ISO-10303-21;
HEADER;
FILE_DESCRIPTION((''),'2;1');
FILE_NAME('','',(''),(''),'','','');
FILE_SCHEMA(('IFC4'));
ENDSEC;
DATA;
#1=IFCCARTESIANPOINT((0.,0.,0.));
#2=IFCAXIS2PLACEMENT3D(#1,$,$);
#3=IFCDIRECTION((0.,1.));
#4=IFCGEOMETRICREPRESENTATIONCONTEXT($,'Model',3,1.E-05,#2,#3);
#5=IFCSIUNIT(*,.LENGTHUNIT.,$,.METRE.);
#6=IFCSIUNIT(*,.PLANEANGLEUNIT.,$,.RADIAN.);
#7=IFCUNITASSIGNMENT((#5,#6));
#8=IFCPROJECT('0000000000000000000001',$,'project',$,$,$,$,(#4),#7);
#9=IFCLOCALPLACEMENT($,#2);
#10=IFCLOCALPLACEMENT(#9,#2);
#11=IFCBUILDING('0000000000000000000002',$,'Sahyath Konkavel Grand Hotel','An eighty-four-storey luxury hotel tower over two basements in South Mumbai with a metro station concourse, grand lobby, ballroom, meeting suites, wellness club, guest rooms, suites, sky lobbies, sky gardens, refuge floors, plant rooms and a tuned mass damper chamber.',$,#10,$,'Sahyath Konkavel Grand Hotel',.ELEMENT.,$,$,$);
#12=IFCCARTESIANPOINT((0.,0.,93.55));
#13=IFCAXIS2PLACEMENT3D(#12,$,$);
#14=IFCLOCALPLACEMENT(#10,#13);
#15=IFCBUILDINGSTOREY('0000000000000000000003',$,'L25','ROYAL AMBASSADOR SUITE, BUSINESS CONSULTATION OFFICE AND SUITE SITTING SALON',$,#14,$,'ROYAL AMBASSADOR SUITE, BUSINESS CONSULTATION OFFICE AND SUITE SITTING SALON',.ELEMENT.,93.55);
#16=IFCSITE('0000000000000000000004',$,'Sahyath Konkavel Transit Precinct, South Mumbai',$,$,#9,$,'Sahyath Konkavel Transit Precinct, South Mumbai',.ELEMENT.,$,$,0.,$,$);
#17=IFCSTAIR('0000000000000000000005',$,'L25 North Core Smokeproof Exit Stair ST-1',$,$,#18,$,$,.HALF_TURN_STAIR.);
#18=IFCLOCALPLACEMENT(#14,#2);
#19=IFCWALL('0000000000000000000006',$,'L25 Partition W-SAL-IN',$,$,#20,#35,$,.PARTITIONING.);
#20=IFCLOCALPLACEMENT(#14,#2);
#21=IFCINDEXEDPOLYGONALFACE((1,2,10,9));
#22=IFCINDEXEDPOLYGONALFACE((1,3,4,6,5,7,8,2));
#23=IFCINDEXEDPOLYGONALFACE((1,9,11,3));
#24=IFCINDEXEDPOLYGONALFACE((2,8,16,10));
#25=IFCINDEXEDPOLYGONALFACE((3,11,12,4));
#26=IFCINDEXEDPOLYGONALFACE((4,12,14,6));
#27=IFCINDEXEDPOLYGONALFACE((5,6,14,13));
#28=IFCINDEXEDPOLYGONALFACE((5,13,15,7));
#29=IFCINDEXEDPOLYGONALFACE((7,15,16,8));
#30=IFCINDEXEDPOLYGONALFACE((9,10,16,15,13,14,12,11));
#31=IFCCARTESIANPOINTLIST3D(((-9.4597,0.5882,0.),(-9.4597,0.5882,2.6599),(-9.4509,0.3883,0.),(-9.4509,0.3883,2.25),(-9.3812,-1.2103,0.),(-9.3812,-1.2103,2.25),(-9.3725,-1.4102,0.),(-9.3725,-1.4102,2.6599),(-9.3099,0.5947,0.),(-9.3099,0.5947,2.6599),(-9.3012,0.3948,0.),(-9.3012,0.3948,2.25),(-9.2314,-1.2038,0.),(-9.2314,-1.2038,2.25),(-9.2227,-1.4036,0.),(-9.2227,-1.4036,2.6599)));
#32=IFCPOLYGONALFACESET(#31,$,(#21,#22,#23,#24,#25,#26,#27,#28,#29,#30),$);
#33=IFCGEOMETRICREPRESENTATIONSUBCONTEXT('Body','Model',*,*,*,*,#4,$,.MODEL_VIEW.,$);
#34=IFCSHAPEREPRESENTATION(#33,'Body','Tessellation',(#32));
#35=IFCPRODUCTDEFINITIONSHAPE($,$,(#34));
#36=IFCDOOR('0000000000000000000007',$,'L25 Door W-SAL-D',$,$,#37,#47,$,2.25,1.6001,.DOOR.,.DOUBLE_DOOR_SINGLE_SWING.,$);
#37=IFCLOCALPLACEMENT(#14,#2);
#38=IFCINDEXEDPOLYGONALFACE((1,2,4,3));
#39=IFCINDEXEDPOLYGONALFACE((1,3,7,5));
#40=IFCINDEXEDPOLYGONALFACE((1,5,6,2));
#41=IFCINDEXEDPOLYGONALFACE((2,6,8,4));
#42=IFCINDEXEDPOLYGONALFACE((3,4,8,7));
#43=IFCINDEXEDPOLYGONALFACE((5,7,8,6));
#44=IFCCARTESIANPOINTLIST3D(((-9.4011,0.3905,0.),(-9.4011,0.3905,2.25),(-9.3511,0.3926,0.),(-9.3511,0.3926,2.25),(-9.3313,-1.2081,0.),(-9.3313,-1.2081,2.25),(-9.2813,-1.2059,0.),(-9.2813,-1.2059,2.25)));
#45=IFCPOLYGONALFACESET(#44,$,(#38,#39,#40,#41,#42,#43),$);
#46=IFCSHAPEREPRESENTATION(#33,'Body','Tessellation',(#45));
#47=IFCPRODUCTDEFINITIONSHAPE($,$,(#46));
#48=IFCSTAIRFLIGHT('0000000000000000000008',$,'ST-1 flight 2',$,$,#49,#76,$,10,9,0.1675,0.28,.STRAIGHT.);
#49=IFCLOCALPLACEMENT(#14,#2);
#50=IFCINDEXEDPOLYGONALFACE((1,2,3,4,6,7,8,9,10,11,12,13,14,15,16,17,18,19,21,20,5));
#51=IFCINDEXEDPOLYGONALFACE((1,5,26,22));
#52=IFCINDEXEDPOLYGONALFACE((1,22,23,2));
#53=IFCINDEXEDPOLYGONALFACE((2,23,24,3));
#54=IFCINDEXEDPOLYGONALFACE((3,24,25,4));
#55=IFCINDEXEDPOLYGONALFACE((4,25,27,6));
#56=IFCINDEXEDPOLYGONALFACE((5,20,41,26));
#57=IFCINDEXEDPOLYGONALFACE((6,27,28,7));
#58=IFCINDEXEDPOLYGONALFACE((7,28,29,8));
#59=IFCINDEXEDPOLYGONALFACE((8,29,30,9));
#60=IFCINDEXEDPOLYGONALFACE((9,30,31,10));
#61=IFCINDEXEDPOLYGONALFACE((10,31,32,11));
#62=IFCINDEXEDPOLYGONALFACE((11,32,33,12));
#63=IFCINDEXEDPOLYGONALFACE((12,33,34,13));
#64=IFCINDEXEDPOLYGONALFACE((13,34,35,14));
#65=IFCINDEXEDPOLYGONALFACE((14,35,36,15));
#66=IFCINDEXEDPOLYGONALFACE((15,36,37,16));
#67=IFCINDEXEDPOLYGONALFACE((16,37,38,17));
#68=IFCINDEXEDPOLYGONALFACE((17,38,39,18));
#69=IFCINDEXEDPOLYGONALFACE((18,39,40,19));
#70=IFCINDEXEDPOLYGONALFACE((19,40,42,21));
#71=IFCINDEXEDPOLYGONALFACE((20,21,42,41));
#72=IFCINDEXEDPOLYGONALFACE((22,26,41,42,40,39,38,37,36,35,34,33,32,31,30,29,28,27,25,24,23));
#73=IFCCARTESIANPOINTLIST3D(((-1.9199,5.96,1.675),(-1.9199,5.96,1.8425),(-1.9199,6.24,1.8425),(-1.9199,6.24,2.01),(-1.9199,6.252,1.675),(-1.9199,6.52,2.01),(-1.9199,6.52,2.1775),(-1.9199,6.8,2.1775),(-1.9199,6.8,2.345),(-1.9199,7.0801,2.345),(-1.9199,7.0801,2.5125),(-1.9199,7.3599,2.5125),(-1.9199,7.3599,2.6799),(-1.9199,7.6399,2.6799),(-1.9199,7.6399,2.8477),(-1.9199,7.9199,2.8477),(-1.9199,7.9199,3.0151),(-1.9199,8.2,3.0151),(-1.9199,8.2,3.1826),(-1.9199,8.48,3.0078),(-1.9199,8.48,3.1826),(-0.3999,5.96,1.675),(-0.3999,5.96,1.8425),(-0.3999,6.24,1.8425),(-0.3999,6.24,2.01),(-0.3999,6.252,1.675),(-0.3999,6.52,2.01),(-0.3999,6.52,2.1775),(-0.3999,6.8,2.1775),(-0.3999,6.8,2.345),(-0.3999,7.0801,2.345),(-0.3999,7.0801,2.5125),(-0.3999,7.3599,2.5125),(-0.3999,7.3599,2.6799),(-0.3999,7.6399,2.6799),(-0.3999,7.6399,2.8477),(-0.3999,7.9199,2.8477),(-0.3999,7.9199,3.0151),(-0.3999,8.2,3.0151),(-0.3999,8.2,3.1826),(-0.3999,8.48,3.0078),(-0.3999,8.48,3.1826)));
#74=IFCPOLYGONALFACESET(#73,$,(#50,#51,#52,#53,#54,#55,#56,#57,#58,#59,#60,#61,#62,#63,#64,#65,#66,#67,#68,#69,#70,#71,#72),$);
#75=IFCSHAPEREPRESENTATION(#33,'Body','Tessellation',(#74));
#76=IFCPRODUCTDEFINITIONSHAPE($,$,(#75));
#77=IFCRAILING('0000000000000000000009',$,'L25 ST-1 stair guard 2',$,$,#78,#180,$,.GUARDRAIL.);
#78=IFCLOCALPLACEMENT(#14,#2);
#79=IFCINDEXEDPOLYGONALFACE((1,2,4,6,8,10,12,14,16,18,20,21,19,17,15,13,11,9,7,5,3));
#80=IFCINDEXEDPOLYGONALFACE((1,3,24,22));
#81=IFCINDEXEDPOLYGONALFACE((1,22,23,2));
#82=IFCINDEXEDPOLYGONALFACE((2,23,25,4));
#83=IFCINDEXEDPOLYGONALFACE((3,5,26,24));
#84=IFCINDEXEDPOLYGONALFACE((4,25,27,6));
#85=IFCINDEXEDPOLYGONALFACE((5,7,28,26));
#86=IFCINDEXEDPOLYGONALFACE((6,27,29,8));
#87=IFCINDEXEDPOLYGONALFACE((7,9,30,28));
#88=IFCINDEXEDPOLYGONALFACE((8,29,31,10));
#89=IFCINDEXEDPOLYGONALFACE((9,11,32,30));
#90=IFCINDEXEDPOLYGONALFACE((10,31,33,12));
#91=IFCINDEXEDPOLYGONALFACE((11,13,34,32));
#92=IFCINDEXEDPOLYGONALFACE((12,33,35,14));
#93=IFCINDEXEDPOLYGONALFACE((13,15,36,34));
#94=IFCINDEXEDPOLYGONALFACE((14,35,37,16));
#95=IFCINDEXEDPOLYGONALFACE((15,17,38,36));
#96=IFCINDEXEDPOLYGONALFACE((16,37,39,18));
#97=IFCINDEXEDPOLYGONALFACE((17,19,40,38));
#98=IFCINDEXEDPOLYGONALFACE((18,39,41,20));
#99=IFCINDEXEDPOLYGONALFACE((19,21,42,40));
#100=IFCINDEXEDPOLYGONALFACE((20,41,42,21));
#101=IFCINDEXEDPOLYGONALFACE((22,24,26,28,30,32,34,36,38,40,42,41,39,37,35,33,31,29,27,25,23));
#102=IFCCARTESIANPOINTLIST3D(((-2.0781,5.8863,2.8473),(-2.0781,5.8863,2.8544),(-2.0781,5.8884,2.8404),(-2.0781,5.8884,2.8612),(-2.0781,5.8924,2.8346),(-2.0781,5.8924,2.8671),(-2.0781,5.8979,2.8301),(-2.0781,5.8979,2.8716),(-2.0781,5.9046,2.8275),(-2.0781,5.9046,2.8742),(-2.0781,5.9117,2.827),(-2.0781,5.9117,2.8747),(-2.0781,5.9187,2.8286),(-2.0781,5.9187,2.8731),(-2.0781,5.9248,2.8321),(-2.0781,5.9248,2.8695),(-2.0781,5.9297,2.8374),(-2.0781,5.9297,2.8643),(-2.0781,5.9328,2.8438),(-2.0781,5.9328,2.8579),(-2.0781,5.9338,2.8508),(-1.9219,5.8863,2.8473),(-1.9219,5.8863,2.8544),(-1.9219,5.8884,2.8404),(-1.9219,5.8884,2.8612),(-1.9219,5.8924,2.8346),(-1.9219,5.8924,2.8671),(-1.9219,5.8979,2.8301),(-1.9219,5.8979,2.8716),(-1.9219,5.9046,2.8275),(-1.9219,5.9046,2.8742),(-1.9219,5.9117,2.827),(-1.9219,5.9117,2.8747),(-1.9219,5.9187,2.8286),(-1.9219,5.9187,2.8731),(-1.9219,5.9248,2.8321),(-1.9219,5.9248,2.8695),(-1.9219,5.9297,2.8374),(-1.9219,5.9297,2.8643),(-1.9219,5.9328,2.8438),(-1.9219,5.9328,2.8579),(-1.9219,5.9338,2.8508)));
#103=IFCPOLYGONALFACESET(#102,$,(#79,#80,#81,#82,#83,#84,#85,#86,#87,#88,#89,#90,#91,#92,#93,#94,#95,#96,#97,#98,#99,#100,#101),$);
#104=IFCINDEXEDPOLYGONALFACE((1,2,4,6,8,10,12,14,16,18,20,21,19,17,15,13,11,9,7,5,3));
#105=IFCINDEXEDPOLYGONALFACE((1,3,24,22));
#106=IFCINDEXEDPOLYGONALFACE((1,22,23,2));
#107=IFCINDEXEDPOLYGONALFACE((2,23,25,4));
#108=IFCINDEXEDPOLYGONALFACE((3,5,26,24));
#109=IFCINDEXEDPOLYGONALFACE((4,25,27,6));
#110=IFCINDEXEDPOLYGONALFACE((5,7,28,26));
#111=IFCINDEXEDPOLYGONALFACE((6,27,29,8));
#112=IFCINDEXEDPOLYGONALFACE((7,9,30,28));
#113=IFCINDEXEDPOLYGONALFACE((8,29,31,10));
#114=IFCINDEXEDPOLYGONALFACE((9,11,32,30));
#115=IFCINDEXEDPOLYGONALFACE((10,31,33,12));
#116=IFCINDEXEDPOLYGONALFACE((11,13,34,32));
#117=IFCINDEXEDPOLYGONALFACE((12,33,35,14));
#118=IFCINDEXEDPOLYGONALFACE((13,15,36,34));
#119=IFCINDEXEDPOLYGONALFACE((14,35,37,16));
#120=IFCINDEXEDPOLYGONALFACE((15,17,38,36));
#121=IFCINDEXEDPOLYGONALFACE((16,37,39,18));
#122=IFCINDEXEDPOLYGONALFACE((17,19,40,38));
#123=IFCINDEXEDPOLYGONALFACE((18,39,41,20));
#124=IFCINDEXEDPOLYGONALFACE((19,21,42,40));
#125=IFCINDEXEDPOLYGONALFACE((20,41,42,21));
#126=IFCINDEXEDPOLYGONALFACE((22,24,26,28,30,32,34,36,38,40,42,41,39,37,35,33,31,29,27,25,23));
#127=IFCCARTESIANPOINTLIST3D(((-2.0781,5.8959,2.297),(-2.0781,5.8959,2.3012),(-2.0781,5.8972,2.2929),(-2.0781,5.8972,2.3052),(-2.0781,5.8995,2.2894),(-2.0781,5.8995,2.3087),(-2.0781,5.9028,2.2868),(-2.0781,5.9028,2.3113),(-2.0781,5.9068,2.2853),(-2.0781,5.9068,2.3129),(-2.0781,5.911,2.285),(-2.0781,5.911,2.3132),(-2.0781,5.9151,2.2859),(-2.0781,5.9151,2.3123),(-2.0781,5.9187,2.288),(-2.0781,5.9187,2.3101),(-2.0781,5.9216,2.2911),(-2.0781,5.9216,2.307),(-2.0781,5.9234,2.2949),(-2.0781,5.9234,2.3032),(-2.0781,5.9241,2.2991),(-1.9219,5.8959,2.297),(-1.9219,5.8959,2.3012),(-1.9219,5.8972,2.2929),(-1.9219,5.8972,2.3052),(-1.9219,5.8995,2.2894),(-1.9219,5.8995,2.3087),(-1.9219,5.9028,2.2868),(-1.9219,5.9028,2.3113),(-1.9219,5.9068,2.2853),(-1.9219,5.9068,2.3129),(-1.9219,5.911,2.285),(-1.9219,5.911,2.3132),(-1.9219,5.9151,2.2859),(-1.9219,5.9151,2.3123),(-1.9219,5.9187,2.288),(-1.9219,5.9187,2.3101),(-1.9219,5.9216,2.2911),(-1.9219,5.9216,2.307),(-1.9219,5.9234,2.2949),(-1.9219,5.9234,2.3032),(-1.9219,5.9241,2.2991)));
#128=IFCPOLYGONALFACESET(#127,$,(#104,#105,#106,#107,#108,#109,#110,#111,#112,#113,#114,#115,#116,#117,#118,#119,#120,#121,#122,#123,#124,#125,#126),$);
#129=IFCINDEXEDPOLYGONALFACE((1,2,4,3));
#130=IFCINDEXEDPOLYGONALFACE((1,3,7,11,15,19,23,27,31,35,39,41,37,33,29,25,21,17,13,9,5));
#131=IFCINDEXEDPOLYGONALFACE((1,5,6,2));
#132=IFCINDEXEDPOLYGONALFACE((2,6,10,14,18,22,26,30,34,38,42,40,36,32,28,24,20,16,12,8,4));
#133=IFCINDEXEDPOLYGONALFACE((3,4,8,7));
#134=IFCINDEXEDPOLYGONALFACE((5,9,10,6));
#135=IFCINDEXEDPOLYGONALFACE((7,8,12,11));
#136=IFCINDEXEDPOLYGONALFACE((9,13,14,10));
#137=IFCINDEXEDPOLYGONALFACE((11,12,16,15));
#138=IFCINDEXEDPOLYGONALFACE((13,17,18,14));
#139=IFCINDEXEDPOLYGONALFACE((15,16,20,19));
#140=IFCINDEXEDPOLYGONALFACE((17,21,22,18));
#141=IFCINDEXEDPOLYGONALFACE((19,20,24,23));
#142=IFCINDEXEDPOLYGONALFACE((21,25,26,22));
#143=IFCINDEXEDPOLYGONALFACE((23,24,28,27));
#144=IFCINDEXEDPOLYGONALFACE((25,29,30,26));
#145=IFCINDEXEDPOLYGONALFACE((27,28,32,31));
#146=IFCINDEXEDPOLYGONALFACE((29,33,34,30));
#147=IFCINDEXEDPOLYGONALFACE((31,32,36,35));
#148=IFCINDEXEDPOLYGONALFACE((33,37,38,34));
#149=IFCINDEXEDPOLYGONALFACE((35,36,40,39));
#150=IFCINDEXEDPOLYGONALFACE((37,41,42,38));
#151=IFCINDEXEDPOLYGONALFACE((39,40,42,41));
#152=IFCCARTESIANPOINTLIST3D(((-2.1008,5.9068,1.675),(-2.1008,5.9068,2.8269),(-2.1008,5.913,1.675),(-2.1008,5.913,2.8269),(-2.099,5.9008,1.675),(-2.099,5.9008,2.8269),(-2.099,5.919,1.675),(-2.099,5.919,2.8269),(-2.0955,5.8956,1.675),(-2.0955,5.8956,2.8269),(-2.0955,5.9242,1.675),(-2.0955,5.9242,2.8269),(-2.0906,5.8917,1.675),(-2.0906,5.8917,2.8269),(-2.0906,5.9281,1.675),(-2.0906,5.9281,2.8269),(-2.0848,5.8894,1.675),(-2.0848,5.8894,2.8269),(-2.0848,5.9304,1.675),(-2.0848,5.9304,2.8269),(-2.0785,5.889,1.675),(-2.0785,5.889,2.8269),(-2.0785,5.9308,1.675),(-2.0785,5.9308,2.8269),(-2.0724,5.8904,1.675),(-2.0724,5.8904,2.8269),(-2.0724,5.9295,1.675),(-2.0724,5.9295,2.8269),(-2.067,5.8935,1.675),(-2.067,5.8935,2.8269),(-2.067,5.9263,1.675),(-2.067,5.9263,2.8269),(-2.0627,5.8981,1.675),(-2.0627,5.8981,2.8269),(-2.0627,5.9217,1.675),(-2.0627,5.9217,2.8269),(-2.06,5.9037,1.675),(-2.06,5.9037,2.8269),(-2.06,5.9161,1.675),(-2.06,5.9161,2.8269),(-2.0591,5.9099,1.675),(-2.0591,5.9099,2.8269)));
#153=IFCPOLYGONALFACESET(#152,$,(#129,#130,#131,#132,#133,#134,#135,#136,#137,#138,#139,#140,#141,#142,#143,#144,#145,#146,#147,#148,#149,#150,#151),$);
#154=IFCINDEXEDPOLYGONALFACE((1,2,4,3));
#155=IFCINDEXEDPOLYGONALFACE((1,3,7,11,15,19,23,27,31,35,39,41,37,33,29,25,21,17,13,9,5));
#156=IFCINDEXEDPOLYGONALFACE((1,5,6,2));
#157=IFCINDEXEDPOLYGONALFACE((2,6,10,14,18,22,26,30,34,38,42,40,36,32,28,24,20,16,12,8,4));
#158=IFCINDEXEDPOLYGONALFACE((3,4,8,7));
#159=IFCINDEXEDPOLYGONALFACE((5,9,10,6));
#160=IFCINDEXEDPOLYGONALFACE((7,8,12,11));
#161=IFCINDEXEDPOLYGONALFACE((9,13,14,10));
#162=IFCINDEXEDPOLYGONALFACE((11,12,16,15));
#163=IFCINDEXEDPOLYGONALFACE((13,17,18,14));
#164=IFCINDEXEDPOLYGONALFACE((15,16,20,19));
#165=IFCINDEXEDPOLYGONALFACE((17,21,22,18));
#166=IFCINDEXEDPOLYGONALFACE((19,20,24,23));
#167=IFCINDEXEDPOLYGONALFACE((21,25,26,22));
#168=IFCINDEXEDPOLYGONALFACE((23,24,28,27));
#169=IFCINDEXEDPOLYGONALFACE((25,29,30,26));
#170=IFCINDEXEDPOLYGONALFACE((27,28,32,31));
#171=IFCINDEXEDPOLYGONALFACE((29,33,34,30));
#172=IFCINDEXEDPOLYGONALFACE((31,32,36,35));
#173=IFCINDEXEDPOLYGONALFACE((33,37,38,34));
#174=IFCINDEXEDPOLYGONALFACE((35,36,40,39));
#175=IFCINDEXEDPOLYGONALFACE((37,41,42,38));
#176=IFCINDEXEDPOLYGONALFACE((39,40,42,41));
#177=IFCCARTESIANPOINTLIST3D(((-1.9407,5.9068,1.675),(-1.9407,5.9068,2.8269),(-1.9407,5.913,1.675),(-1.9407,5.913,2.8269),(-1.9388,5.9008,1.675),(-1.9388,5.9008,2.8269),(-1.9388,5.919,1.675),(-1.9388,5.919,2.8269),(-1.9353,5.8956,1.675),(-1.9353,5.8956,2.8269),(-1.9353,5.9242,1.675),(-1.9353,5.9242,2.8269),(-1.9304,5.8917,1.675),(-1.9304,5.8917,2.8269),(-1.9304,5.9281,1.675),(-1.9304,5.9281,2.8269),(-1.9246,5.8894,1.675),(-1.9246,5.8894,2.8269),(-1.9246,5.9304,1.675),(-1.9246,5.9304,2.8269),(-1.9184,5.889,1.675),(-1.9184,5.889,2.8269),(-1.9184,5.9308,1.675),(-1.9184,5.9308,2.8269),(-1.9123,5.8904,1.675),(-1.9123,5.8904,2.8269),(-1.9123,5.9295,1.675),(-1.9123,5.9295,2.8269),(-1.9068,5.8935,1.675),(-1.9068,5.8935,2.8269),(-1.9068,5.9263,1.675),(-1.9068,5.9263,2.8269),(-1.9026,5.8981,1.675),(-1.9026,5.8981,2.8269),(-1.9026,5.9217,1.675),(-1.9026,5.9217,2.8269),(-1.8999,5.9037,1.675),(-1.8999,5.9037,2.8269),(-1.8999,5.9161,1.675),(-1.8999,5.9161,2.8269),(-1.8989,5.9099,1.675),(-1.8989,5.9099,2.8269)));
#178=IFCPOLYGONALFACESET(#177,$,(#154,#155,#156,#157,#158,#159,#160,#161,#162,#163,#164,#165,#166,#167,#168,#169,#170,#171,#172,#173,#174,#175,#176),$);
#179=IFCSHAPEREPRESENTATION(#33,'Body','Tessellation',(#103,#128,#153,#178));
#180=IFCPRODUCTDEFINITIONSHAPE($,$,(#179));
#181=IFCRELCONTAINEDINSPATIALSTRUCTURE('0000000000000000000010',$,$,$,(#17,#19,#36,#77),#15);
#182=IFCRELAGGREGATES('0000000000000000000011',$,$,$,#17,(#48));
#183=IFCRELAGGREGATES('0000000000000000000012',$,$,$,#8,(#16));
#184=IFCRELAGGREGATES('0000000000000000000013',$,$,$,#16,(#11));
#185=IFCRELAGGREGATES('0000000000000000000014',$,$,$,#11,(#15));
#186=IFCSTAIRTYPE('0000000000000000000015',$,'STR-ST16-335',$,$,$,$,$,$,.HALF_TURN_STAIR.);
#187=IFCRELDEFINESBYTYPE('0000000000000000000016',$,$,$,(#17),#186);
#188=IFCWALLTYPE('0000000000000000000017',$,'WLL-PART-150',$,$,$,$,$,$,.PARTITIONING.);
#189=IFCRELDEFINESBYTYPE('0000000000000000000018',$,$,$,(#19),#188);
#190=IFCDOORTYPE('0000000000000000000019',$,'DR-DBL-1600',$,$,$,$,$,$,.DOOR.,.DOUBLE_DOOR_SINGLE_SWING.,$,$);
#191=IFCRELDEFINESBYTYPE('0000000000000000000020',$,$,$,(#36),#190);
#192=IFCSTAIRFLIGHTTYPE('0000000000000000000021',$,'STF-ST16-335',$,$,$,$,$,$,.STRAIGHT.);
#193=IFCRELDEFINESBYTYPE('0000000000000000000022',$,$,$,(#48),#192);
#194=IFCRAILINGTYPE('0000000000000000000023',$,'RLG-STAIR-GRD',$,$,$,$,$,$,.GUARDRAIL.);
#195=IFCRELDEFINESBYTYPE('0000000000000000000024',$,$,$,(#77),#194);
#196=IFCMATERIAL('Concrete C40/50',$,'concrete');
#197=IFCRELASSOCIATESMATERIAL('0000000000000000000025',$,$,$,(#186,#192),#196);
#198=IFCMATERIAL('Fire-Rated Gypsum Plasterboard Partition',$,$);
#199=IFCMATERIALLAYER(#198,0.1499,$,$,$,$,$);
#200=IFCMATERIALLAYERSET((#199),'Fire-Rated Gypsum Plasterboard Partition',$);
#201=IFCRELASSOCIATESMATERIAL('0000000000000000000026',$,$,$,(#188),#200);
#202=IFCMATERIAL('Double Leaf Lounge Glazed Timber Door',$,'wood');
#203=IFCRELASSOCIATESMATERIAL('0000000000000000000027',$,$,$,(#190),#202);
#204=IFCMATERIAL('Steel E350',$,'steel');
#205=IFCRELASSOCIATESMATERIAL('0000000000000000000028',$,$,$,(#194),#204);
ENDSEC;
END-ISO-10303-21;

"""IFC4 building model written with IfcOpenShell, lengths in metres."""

from ifc_helpers import new_model, si_unit, direction, frame, frame_2d, origin, origin_2d, place, context, subcontext, project, spatial, polyline, rectangle, circle, outline, extrude, source, transform, mapped, material, layer, layer_set, type_object, element, fill, aggregate, save


model = new_model("IFC4")

# Units and contexts
model_context = context("Model", 3, precision=1e-05, world=origin(), true_north=direction((0.0, 1.0)))
body_context = subcontext(model_context, "Body", "Model", "MODEL_VIEW")
ifc_project = project(units=[si_unit("LENGTHUNIT", "METRE"), si_unit("PLANEANGLEUNIT", "RADIAN")], contexts=[model_context])

# Site, building, storey
site_placement = place(None, origin())
site = spatial("IfcSite", under=ifc_project, at=site_placement, Name="Sahyath Konkavel Transit Precinct, South Mumbai", LongName="Sahyath Konkavel Transit Precinct, South Mumbai", CompositionType="ELEMENT", RefElevation=0.0)
building_placement = place(site_placement, origin())
building = spatial("IfcBuilding", under=site, at=building_placement, Name="Sahyath Konkavel Grand Hotel", Description="An eighty-four-storey luxury hotel tower over two basements in South Mumbai with a metro station concourse, grand lobby, ballroom, meeting suites, wellness club, guest rooms, suites, sky lobbies, sky gardens, refuge floors, plant rooms and a tuned mass damper chamber.", LongName="Sahyath Konkavel Grand Hotel", CompositionType="ELEMENT")
storey_placement = place(building_placement, frame((0.0, 0.0, 93.55)))
storey = spatial("IfcBuildingStorey", under=building, at=storey_placement, Name="L25", Description="ROYAL AMBASSADOR SUITE, BUSINESS CONSULTATION OFFICE AND SUITE SITTING SALON", LongName="ROYAL AMBASSADOR SUITE, BUSINESS CONSULTATION OFFICE AND SUITE SITTING SALON", CompositionType="ELEMENT", Elevation=93.55)

# Shared definitions
ifc_material_1 = material(Name="Steel E350", Category="steel")

# Shared definitions
ifc_material_2 = material(Name="Concrete C40/50", Category="concrete")

# Stair
stair_type = type_object("IfcStairType", Name="STR-ST16-335", PredefinedType="HALF_TURN_STAIR", material=ifc_material_2)
stair_1_placement = place(storey_placement, origin())
stair_1 = element("IfcStair", 1, at=stair_1_placement, inside=storey, type_object=stair_type, Name="L25 North Core Smokeproof Exit Stair ST-1", PredefinedType="HALF_TURN_STAIR")

# Wall, opening, door
ifc_material_3 = material(Name="Fire-Rated Gypsum Plasterboard Partition")
ifc_layer_1 = layer(ifc_material_3, 0.1499)
ifc_layer_set_1 = layer_set([ifc_layer_1], Name="Fire-Rated Gypsum Plasterboard Partition")
wall_type_1 = type_object("IfcWallType", Name="WLL-PART-150", PredefinedType="PARTITIONING", material=ifc_layer_set_1)
wall_1_placement = place(storey_placement, frame((-9.3848, 0.5913, 0.0), z_axis=(0.0, 0.0, 1.0), x_axis=(0.043575, -0.99905, 0.0)))
wall_1 = element("IfcWall", 2, at=wall_1_placement, inside=storey, type_object=wall_type_1, Name="L25 Partition W-SAL-IN", PredefinedType="PARTITIONING", context=body_context, shape_type="SweptSolid", body=[
    extrude(rectangle(XDim=2.0002, YDim=0.1499, at=frame_2d((1.0, 0.0))), origin(), (0.0, 0.0, 1.0), 2.6599),
])
opening_1_placement = place(wall_1_placement, frame((0.2, 0.0, 0.0)))
opening_1 = element("IfcOpeningElement", 3, at=opening_1_placement, cuts=wall_1, PredefinedType="OPENING", context=body_context, shape_type="SweptSolid", body=[
    extrude(rectangle(XDim=1.6001, YDim=2.25, at=frame_2d((0.8, 1.125))), frame((0.0, 0.085, 0.0), z_axis=(0.0, -1.0, 0.0), x_axis=(1.0, 0.0, 0.0)), (0.0, 0.0, 1.0), 0.1699),
])
ifc_material_4 = material(Name="Double Leaf Lounge Glazed Timber Door", Category="wood")
door_type_1 = type_object("IfcDoorType", Name="DR-DBL-1600", OperationType="DOUBLE_DOOR_SINGLE_SWING", PredefinedType="DOOR", material=ifc_material_4)
shared_shape_1 = source(origin(), body_context, "Body", "SweptSolid", [
    extrude(rectangle(XDim=1.6001, YDim=0.05, at=origin_2d()), origin(), (0.0, 0.0, 1.0), 2.25),
])
door_1_placement = place(opening_1_placement, frame((0.8, 0.0, 0.0)))
door_1 = element("IfcDoor", 4, at=door_1_placement, inside=storey, type_object=door_type_1, Name="L25 Door W-SAL-D", OperationType="DOUBLE_DOOR_SINGLE_SWING", OverallHeight=2.25, OverallWidth=1.6001, PredefinedType="DOOR", context=body_context, shape_type="MappedRepresentation", body=[
    mapped(shared_shape_1, transform((0.0, 0.0, 0.0), scale=1.0)),
])
fill(opening_1, door_1)

# Stair flight
stair_flight_type = type_object("IfcStairFlightType", Name="STF-ST16-335", PredefinedType="STRAIGHT", material=ifc_material_2)
stair_flight_placement = place(storey_placement, frame((-1.1599, 5.96, 1.675), z_axis=(0.0, 0.0, 1.0), x_axis=(0.0, 1.0, 0.0)))
stair_flight = element("IfcStairFlight", 5, at=stair_flight_placement, type_object=stair_flight_type, Name="ST-1 flight 2", NumberOfRisers=10, NumberOfTreads=9, PredefinedType="STRAIGHT", RiserHeight=0.1675, TreadLength=0.28, context=body_context, shape_type="SweptSolid", body=[
    extrude(outline(polyline([(0.0, 0.0), (0.0, 0.1675), (0.28, 0.1675), (0.28, 0.335), (0.5601, 0.335), (0.5601, 0.5024), (0.8401, 0.5024), (0.8401, 0.6699), (1.1201, 0.6699), (1.1201, 0.8374), (1.3999, 0.8374), (1.3999, 1.0049), (1.6799, 1.0049), (1.6799, 1.1726), (1.96, 1.1726), (1.96, 1.3401), (2.24, 1.3401), (2.24, 1.5076), (2.52, 1.5076), (2.52, 1.675), (2.52, 1.3328), (0.292, 0.0), (0.0, 0.0)])), frame((0.0, 0.76, 0.0), z_axis=(0.0, -1.0, 0.0), x_axis=(1.0, 0.0, 0.0)), (0.0, 0.0, 1.0), 1.52),
])
aggregate(stair_1, [stair_flight])

# Railing
railing_type_1 = type_object("IfcRailingType", Name="RLG-STAIR-GRD", PredefinedType="GUARDRAIL", material=ifc_material_1)
railing_1_placement = place(storey_placement, frame((-2.0801, 5.9099, 1.675)))
element("IfcRailing", 6, at=railing_1_placement, inside=storey, type_object=railing_type_1, Name="L25 ST-1 stair guard 2", PredefinedType="GUARDRAIL", context=body_context, shape_type="SweptSolid", body=[
    extrude(circle(Radius=0.0239, at=origin_2d()), frame((0.002, 0.0, 1.1758), z_axis=(1.0, 0.0, 0.0), x_axis=(0.0, 1.0, 0.0)), (0.0, 0.0, 1.0), 0.1562),
    extrude(circle(Radius=0.0142, at=origin_2d()), frame((0.002, 0.0, 0.624), z_axis=(1.0, 0.0, 0.0), x_axis=(0.0, 1.0, 0.0)), (0.0, 0.0, 1.0), 0.1562),
    extrude(circle(Radius=0.021, at=origin_2d()), origin(), (0.0, 0.0, 1.0), 1.1519),
    extrude(circle(Radius=0.021, at=origin_2d()), frame((0.1602, 0.0, 0.0)), (0.0, 0.0, 1.0), 1.1519),
])

save(model, "model.ifc")
